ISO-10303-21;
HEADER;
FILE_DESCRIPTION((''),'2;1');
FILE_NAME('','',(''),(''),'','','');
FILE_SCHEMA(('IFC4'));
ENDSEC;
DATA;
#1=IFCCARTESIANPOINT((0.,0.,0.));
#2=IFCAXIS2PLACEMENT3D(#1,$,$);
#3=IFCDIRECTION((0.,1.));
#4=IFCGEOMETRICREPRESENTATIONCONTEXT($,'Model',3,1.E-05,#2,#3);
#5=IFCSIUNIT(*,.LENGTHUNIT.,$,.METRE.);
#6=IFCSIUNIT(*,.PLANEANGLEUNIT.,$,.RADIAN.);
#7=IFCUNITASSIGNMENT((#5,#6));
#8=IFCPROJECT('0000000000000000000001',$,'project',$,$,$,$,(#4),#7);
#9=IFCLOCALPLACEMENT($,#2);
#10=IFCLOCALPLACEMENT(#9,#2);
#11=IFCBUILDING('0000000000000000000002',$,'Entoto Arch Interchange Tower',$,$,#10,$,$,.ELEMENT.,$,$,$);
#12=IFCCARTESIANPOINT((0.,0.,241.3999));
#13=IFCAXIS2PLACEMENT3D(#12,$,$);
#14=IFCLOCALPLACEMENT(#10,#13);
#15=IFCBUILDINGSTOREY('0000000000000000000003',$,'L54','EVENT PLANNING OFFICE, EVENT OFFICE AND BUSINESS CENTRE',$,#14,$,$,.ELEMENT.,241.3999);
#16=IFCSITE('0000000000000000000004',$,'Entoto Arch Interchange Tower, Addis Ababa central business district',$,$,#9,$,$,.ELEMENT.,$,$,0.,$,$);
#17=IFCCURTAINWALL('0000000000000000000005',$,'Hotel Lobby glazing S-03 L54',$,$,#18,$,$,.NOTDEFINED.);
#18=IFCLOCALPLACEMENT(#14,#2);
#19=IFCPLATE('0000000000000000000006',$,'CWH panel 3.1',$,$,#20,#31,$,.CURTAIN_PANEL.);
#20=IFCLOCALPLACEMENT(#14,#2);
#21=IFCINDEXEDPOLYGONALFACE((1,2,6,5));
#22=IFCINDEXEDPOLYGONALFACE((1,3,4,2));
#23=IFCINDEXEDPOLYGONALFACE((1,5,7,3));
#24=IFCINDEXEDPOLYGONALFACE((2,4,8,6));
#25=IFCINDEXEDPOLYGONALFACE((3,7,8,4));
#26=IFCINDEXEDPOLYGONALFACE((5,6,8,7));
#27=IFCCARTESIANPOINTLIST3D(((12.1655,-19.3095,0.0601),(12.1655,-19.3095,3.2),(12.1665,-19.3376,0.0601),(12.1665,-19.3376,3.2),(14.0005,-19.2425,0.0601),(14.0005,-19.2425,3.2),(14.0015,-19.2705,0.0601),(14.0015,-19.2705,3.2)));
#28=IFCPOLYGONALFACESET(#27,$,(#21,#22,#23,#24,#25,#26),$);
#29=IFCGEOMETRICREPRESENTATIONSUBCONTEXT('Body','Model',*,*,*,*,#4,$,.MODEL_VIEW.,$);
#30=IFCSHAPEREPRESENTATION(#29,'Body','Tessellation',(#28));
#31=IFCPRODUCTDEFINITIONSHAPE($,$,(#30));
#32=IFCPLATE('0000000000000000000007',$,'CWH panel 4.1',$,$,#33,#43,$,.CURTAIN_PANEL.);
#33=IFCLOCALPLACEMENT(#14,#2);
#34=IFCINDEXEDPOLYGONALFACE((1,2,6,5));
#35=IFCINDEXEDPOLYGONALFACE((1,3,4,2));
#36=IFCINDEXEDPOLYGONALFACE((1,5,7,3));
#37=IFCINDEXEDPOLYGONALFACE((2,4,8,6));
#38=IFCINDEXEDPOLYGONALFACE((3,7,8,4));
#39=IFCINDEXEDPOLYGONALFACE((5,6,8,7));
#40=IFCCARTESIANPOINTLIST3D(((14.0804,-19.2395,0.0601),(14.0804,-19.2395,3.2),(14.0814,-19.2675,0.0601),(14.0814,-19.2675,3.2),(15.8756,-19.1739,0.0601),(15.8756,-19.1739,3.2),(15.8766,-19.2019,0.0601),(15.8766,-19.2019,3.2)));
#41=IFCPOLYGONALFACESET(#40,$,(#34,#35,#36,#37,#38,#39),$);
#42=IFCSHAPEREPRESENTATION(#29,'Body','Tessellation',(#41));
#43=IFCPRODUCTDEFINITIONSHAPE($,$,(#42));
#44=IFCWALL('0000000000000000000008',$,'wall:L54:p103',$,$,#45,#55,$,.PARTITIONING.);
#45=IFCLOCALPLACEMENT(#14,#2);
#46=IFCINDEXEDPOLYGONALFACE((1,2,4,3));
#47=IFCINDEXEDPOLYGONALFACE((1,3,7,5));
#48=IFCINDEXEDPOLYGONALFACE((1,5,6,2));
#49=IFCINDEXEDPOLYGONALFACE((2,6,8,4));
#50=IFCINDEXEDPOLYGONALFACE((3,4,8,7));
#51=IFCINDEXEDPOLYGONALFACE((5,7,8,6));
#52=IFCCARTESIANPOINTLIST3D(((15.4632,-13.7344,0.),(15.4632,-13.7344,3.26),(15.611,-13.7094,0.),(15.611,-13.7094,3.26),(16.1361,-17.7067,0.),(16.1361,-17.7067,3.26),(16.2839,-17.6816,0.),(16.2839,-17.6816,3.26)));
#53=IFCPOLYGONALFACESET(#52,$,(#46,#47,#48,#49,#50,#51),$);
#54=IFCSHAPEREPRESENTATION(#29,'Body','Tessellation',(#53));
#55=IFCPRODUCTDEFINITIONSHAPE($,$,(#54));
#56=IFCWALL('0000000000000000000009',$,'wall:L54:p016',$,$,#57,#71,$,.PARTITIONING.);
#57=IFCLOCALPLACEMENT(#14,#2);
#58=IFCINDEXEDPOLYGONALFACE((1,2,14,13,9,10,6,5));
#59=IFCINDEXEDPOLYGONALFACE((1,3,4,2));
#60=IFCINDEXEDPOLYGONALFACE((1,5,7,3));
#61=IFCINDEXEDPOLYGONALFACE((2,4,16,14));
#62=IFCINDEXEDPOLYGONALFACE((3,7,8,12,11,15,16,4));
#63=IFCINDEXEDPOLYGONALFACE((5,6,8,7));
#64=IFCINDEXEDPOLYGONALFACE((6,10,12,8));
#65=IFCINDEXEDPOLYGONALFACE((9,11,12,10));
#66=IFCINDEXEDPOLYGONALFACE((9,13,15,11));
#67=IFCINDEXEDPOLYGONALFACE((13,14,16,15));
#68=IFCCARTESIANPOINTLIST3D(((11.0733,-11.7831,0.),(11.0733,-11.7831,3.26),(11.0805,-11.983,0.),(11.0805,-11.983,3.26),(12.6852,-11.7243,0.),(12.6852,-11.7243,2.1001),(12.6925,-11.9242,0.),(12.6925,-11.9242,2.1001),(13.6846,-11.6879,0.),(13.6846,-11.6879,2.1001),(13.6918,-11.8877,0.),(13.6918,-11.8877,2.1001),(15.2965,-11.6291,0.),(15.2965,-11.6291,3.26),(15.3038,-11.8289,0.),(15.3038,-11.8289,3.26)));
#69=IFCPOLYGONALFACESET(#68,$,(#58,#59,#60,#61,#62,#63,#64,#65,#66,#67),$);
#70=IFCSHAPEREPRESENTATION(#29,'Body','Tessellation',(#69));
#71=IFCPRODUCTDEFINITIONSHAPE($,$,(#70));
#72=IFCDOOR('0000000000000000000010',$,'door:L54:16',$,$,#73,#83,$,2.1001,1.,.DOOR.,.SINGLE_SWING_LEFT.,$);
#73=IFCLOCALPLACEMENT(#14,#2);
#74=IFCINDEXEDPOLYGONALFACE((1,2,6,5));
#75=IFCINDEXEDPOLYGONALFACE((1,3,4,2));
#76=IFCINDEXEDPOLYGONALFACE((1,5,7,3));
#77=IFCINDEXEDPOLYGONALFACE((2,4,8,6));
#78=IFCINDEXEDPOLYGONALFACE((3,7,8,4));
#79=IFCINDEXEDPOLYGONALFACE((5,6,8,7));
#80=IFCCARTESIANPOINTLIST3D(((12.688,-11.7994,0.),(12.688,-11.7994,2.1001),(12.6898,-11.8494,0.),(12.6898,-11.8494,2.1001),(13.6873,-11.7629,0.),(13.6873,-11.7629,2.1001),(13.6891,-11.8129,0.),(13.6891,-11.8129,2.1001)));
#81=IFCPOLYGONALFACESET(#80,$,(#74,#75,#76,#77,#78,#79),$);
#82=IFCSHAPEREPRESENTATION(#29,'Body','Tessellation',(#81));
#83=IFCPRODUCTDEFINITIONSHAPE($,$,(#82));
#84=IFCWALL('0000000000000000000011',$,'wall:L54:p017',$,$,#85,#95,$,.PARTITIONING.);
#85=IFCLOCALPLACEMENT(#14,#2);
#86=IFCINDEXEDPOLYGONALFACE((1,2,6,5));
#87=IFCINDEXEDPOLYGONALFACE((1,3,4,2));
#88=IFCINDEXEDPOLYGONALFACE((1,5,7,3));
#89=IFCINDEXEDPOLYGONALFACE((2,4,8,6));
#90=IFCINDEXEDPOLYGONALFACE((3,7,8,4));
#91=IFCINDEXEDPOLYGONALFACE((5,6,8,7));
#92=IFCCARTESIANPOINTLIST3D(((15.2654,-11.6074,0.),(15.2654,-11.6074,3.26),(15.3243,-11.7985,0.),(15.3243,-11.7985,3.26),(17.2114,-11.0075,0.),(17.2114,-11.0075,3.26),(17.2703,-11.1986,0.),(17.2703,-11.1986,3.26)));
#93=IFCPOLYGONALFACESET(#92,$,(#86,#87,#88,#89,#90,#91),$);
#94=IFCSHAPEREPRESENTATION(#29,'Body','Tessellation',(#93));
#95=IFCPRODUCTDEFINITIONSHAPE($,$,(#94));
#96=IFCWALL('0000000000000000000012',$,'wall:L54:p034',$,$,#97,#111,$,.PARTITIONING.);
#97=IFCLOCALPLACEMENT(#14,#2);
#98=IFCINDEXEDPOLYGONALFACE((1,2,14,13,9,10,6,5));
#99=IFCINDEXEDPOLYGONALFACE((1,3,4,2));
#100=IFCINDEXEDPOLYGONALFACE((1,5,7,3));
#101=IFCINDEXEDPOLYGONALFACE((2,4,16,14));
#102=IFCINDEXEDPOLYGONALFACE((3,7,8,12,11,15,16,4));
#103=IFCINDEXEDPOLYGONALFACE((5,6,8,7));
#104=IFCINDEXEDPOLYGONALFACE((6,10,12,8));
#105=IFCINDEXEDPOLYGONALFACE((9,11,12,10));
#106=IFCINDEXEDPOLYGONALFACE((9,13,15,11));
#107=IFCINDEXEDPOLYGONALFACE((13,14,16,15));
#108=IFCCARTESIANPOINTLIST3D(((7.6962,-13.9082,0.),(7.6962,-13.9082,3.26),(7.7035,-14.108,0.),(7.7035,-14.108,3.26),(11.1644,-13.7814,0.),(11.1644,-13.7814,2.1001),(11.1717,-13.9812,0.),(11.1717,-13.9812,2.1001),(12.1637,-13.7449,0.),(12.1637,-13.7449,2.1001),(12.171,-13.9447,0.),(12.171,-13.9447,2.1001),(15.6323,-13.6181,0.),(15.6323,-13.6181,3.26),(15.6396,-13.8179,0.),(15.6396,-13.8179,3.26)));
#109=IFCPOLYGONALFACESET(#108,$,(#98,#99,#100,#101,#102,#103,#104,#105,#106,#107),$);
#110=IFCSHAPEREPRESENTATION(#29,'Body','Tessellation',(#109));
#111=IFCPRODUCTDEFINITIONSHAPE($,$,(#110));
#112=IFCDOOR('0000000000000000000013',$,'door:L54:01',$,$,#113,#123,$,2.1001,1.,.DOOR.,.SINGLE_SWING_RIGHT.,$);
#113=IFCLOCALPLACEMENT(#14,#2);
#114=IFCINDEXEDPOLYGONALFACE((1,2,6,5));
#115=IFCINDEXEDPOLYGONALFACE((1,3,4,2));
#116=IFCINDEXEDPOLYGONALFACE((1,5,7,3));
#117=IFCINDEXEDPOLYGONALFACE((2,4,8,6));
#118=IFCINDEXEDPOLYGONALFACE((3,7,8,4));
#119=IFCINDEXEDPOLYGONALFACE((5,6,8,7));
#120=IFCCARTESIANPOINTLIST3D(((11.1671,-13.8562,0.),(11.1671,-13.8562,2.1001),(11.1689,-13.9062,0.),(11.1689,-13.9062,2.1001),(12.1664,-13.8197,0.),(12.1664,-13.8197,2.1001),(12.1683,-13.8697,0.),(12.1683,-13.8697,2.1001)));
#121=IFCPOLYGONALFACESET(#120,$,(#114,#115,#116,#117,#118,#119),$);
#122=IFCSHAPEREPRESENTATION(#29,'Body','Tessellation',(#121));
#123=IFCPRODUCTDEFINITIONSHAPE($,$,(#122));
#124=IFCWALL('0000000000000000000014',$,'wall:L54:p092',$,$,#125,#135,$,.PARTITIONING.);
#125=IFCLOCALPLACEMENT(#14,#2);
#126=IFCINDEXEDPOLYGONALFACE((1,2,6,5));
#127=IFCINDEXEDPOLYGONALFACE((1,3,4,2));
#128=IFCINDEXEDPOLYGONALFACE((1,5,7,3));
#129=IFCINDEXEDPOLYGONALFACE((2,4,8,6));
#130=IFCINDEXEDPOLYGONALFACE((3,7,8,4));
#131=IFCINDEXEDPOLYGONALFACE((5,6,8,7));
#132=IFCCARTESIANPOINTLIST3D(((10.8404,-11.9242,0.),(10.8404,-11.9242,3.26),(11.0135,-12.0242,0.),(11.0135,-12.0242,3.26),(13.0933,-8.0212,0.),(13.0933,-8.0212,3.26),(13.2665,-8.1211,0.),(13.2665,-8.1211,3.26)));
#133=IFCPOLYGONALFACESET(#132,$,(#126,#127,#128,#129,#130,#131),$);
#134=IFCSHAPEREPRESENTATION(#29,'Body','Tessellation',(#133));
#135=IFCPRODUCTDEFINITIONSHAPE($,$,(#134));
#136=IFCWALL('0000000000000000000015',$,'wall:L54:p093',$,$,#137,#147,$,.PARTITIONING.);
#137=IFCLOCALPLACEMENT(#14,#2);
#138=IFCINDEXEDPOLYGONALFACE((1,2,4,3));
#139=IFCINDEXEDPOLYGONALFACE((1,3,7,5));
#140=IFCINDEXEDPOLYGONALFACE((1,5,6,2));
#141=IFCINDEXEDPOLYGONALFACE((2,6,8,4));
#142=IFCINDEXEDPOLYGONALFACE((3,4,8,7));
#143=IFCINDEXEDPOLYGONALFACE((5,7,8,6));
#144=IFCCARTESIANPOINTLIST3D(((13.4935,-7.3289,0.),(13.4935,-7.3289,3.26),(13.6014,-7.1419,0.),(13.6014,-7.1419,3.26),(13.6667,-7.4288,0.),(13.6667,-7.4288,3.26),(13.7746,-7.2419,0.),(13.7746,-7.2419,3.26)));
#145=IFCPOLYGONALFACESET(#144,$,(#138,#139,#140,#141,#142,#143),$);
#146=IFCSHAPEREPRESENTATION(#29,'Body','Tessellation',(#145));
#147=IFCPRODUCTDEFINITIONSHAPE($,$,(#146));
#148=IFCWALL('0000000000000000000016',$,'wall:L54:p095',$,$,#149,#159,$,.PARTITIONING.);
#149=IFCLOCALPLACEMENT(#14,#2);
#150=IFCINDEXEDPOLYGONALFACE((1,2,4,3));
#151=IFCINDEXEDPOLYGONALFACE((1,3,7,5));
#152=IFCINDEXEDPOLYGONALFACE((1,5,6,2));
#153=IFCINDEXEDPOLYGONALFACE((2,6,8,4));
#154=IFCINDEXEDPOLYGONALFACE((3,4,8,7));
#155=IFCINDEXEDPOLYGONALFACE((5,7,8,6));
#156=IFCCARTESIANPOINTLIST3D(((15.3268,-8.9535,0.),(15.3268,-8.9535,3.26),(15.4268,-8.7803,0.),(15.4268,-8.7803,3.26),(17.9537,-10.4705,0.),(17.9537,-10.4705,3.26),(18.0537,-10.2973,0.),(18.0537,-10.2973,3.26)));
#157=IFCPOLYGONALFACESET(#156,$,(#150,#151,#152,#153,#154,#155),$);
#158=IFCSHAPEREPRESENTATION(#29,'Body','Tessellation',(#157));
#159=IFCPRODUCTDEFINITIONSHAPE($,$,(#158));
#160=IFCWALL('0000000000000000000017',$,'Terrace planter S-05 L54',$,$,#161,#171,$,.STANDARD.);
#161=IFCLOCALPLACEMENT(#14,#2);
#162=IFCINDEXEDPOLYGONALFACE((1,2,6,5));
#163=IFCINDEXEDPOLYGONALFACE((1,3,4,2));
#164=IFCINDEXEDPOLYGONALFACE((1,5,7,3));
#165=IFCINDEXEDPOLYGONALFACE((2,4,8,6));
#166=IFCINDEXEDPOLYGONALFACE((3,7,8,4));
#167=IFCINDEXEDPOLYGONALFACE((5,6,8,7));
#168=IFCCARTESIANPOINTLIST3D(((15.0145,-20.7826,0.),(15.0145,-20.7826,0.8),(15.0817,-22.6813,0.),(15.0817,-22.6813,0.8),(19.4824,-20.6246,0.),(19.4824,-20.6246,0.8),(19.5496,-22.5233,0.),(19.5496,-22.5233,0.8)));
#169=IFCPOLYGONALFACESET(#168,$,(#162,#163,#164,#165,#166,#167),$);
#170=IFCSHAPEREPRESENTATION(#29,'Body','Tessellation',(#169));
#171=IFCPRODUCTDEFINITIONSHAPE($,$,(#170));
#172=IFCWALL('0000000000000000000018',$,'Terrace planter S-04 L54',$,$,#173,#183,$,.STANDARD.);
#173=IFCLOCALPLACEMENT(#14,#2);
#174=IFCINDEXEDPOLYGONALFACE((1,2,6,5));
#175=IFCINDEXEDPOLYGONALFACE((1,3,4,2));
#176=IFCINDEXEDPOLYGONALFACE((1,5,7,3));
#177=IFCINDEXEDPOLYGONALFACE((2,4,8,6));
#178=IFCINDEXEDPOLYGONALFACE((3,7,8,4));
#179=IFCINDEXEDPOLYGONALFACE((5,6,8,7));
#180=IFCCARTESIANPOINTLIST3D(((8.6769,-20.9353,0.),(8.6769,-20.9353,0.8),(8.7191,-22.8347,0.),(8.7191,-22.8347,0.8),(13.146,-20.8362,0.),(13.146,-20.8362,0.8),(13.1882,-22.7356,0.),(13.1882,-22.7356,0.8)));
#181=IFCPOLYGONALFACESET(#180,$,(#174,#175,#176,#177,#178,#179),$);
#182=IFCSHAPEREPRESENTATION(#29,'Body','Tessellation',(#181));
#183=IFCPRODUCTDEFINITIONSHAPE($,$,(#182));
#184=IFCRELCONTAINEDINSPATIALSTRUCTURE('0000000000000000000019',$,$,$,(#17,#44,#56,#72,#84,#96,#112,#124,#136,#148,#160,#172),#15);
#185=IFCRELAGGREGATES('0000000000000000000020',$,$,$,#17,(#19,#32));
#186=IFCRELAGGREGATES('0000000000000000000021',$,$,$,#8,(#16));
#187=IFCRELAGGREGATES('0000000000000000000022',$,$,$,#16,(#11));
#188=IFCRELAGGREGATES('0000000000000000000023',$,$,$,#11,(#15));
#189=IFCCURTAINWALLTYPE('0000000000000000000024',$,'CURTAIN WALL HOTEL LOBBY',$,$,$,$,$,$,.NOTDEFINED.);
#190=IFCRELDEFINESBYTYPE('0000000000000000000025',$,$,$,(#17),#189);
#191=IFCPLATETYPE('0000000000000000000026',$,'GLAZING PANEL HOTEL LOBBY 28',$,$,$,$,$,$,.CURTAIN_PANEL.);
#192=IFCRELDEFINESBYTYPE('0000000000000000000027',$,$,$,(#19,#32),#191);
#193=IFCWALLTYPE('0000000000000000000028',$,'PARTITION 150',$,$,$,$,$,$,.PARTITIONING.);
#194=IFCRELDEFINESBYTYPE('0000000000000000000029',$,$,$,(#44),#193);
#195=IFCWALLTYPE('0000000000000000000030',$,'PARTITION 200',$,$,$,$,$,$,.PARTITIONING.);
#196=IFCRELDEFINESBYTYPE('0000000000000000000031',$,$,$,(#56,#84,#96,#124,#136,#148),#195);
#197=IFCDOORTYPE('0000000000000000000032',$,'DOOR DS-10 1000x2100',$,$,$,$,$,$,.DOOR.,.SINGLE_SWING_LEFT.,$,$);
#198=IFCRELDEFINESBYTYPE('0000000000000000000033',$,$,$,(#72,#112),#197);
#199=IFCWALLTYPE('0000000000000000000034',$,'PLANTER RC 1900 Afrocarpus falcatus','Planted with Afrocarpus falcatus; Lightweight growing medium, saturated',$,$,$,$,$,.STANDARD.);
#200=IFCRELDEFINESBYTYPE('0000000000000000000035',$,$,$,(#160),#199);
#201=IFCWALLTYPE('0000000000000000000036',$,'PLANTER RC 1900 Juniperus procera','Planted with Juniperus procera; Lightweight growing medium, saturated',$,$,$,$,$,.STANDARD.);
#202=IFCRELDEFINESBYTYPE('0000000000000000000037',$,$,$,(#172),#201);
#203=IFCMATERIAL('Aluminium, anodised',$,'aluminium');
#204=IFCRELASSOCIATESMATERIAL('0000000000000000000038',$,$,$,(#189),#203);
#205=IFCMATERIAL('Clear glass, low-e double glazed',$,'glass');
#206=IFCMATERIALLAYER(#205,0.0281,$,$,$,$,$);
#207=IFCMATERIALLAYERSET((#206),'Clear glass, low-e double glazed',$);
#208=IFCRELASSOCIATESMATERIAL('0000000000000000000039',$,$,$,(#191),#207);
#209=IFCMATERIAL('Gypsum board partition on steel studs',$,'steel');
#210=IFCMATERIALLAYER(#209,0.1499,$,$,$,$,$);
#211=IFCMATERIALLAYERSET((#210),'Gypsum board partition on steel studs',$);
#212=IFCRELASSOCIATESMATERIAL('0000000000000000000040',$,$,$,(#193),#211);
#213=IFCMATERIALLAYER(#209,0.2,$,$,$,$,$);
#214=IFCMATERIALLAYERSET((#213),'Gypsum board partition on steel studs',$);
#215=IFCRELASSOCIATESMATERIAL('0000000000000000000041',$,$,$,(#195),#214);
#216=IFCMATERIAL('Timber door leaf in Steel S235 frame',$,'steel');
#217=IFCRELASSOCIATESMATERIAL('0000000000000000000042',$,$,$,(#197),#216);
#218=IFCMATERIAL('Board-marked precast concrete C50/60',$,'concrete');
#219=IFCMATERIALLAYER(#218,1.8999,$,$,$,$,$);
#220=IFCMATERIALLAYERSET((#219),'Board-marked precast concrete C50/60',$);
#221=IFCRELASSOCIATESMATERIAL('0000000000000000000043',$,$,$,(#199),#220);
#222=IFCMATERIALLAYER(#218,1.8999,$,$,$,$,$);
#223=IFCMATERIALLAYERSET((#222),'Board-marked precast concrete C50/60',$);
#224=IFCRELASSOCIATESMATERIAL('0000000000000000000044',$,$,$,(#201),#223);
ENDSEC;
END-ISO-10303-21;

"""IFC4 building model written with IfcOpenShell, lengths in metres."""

from ifc_helpers import new_model, si_unit, direction, frame, frame_2d, origin, origin_2d, place, context, subcontext, project, spatial, rectangle, extrude, material, layer, layer_set, type_object, element, fill, aggregate, save


model = new_model("IFC4")

# Units and contexts
model_context = context("Model", 3, precision=1e-05, world=origin(), true_north=direction((0.0, 1.0)))
body_context = subcontext(model_context, "Body", "Model", "MODEL_VIEW")
ifc_project = project(units=[si_unit("LENGTHUNIT", "METRE"), si_unit("PLANEANGLEUNIT", "RADIAN")], contexts=[model_context])

# Site, building, storey
site_placement = place(None, origin())
site = spatial("IfcSite", under=ifc_project, at=site_placement, Name="Entoto Arch Interchange Tower, Addis Ababa central business district", CompositionType="ELEMENT", RefElevation=0.0)
building_placement = place(site_placement, origin())
building = spatial("IfcBuilding", under=site, at=building_placement, Name="Entoto Arch Interchange Tower", CompositionType="ELEMENT")
storey_placement = place(building_placement, frame((0.0, 0.0, 241.3999)))
storey = spatial("IfcBuildingStorey", under=building, at=storey_placement, Name="L54", Description="EVENT PLANNING OFFICE, EVENT OFFICE AND BUSINESS CENTRE", CompositionType="ELEMENT", Elevation=241.3999)

# Curtain wall, plates
ifc_material_1 = material(Name="Aluminium, anodised", Category="aluminium")
curtain_wall_type = type_object("IfcCurtainWallType", Name="CURTAIN WALL HOTEL LOBBY", PredefinedType="NOTDEFINED", material=ifc_material_1)
curtain_wall_placement = place(storey_placement, origin())
curtain_wall = element("IfcCurtainWall", 1, at=curtain_wall_placement, inside=storey, type_object=curtain_wall_type, Name="Hotel Lobby glazing S-03 L54", PredefinedType="NOTDEFINED")
ifc_material_2 = material(Name="Clear glass, low-e double glazed", Category="glass")
ifc_layer_1 = layer(ifc_material_2, 0.0281)
ifc_layer_set_1 = layer_set([ifc_layer_1], Name="Clear glass, low-e double glazed")
plate_type = type_object("IfcPlateType", Name="GLAZING PANEL HOTEL LOBBY 28", PredefinedType="CURTAIN_PANEL", material=ifc_layer_set_1)
plate_1_placement = place(storey_placement, frame((13.0835, -19.29, 0.0601), z_axis=(0.0, 0.0, 1.0), x_axis=(0.999333, 0.036529, 0.0)))
plate_1 = element("IfcPlate", 2, at=plate_1_placement, type_object=plate_type, Name="CWH panel 3.1", PredefinedType="CURTAIN_PANEL", context=body_context, shape_type="SweptSolid", body=[
    extrude(rectangle(XDim=1.8362, YDim=0.0281, at=origin_2d()), origin(), (0.0, 0.0, 1.0), 3.1399),
])
plate_2_placement = place(storey_placement, frame((14.9785, -19.2207, 0.0601), z_axis=(0.0, 0.0, 1.0), x_axis=(0.999333, 0.036529, 0.0)))
plate_2 = element("IfcPlate", 3, at=plate_2_placement, type_object=plate_type, Name="CWH panel 4.1", PredefinedType="CURTAIN_PANEL", context=body_context, shape_type="SweptSolid", body=[
    extrude(rectangle(XDim=1.7964, YDim=0.0281, at=origin_2d()), origin(), (0.0, 0.0, 1.0), 3.1399),
])
aggregate(curtain_wall, [plate_1, plate_2])

# Wall
ifc_material_3 = material(Name="Gypsum board partition on steel studs", Category="steel")
ifc_layer_2 = layer(ifc_material_3, 0.1499)
ifc_layer_set_2 = layer_set([ifc_layer_2], Name="Gypsum board partition on steel studs")
wall_type_1 = type_object("IfcWallType", Name="PARTITION 150", PredefinedType="PARTITIONING", material=ifc_layer_set_2)
wall_1_placement = place(storey_placement, frame((15.5371, -13.7219, 0.0), z_axis=(0.0, 0.0, 1.0), x_axis=(0.167012, -0.985955, 0.0)))
element("IfcWall", 4, at=wall_1_placement, inside=storey, type_object=wall_type_1, Name="wall:L54:p103", PredefinedType="PARTITIONING", context=body_context, shape_type="SweptSolid", body=[
    extrude(rectangle(XDim=4.0288, YDim=0.1499, at=frame_2d((2.0144, 0.0))), origin(), (0.0, 0.0, 1.0), 3.26),
])

# Wall, opening, door
ifc_layer_3 = layer(ifc_material_3, 0.2)
ifc_layer_set_3 = layer_set([ifc_layer_3], Name="Gypsum board partition on steel studs")
wall_type_2 = type_object("IfcWallType", Name="PARTITION 200", PredefinedType="PARTITIONING", material=ifc_layer_set_3)
wall_2_placement = place(storey_placement, frame((11.0769, -11.8831, 0.0), z_axis=(0.0, 0.0, 1.0), x_axis=(0.999335, 0.036454, 0.0)))
wall_2 = element("IfcWall", 5, at=wall_2_placement, inside=storey, type_object=wall_type_2, Name="wall:L54:p016", PredefinedType="PARTITIONING", context=body_context, shape_type="SweptSolid", body=[
    extrude(rectangle(XDim=4.2261, YDim=0.2, at=frame_2d((2.113, 0.0))), origin(), (0.0, 0.0, 1.0), 3.26),
])
opening_1_placement = place(wall_2_placement, frame((1.613, 0.0, 0.0)))
opening_1 = element("IfcOpeningElement", 6, at=opening_1_placement, cuts=wall_2, PredefinedType="OPENING", context=body_context, shape_type="SweptSolid", body=[
    extrude(rectangle(XDim=1.0, YDim=2.1001, at=frame_2d((0.5, 1.05))), frame((0.0, 0.1099, 0.0), z_axis=(0.0, -1.0, 0.0), x_axis=(1.0, 0.0, 0.0)), (0.0, 0.0, 1.0), 0.22),
])
ifc_material_4 = material(Name="Timber door leaf in Steel S235 frame", Category="steel")
door_type = type_object("IfcDoorType", Name="DOOR DS-10 1000x2100", OperationType="SINGLE_SWING_LEFT", PredefinedType="DOOR", material=ifc_material_4)
door_1_placement = place(opening_1_placement, origin())
door_1 = element("IfcDoor", 7, at=door_1_placement, inside=storey, type_object=door_type, Name="door:L54:16", OperationType="SINGLE_SWING_LEFT", OverallHeight=2.1001, OverallWidth=1.0, PredefinedType="DOOR", context=body_context, shape_type="SweptSolid", body=[
    extrude(rectangle(XDim=1.0, YDim=2.1001, at=frame_2d((0.5, 1.05))), frame((0.0, 0.0249, 0.0), z_axis=(0.0, -1.0, 0.0), x_axis=(1.0, 0.0, 0.0)), (0.0, 0.0, 1.0), 0.05),
])
fill(opening_1, door_1)

# Wall
wall_3_placement = place(storey_placement, frame((15.2949, -11.7029, 0.0), z_axis=(0.0, 0.0, 1.0), x_axis=(0.955631, 0.294566, 0.0)))
element("IfcWall", 8, at=wall_3_placement, inside=storey, type_object=wall_type_2, Name="wall:L54:p017", PredefinedType="PARTITIONING", context=body_context, shape_type="SweptSolid", body=[
    extrude(rectangle(XDim=2.0364, YDim=0.2, at=frame_2d((1.0181, 0.0))), origin(), (0.0, 0.0, 1.0), 3.26),
])

# Wall, opening, door
wall_4_placement = place(storey_placement, frame((15.636, -13.718, 0.0), z_axis=(0.0, 0.0, 1.0), x_axis=(-0.999333, -0.036523, 0.0)))
wall_4 = element("IfcWall", 9, at=wall_4_placement, inside=storey, type_object=wall_type_2, Name="wall:L54:p034", PredefinedType="PARTITIONING", context=body_context, shape_type="SweptSolid", body=[
    extrude(rectangle(XDim=7.9414, YDim=0.2, at=frame_2d((3.9707, 0.0))), origin(), (0.0, 0.0, 1.0), 3.26),
])
opening_2_placement = place(wall_4_placement, frame((3.4709, 0.0, 0.0)))
opening_2 = element("IfcOpeningElement", 10, at=opening_2_placement, cuts=wall_4, PredefinedType="OPENING", context=body_context, shape_type="SweptSolid", body=[
    extrude(rectangle(XDim=1.0, YDim=2.1001, at=frame_2d((0.5, 1.05))), frame((0.0, 0.1099, 0.0), z_axis=(0.0, -1.0, 0.0), x_axis=(1.0, 0.0, 0.0)), (0.0, 0.0, 1.0), 0.22),
])
door_2_placement = place(opening_2_placement, origin())
door_2 = element("IfcDoor", 11, at=door_2_placement, inside=storey, type_object=door_type, Name="door:L54:01", OperationType="SINGLE_SWING_RIGHT", OverallHeight=2.1001, OverallWidth=1.0, PredefinedType="DOOR", context=body_context, shape_type="SweptSolid", body=[
    extrude(rectangle(XDim=1.0, YDim=2.1001, at=frame_2d((0.5, 1.05))), frame((0.0, 0.0249, 0.0), z_axis=(0.0, -1.0, 0.0), x_axis=(1.0, 0.0, 0.0)), (0.0, 0.0, 1.0), 0.05),
])
fill(opening_2, door_2)

# Walls
wall_5_placement = place(storey_placement, frame((13.1799, -8.071, 0.0), z_axis=(0.0, 0.0, 1.0), x_axis=(-0.499915, -0.866075, 0.0)))
element("IfcWall", 12, at=wall_5_placement, inside=storey, type_object=wall_type_2, Name="wall:L54:p092", PredefinedType="PARTITIONING", context=body_context, shape_type="SweptSolid", body=[
    extrude(rectangle(XDim=4.5066, YDim=0.2, at=frame_2d((2.2534, 0.0))), origin(), (0.0, 0.0, 1.0), 3.26),
])
wall_6_placement = place(storey_placement, frame((13.688, -7.1919, 0.0), z_axis=(0.0, 0.0, 1.0), x_axis=(-0.499788, -0.866148, 0.0)))
element("IfcWall", 13, at=wall_6_placement, inside=storey, type_object=wall_type_2, Name="wall:L54:p093", PredefinedType="PARTITIONING", context=body_context, shape_type="SweptSolid", body=[
    extrude(rectangle(XDim=0.2158, YDim=0.2, at=frame_2d((0.1079, 0.0))), origin(), (0.0, 0.0, 1.0), 3.26),
])
wall_7_placement = place(storey_placement, frame((15.377, -8.8669, 0.0), z_axis=(0.0, 0.0, 1.0), x_axis=(0.865966, -0.500103, 0.0)))
element("IfcWall", 14, at=wall_7_placement, inside=storey, type_object=wall_type_2, Name="wall:L54:p095", PredefinedType="PARTITIONING", context=body_context, shape_type="SweptSolid", body=[
    extrude(rectangle(XDim=3.0334, YDim=0.2, at=frame_2d((1.5166, 0.0))), origin(), (0.0, 0.0, 1.0), 3.26),
])
ifc_material_5 = material(Name="Board-marked precast concrete C50/60", Category="concrete")
ifc_layer_4 = layer(ifc_material_5, 1.8999)
ifc_layer_set_4 = layer_set([ifc_layer_4], Name="Board-marked precast concrete C50/60")
wall_type_3 = type_object("IfcWallType", Name="PLANTER RC 1900 Afrocarpus falcatus", Description="Planted with Afrocarpus falcatus; Lightweight growing medium, saturated", PredefinedType="STANDARD", material=ifc_layer_set_4)
wall_8_placement = place(storey_placement, frame((15.0481, -21.7319, 0.0), z_axis=(0.0, 0.0, 1.0), x_axis=(0.999376, 0.035331, 0.0)))
element("IfcWall", 15, at=wall_8_placement, inside=storey, type_object=wall_type_3, Name="Terrace planter S-05 L54", PredefinedType="STANDARD", context=body_context, shape_type="SweptSolid", body=[
    extrude(rectangle(XDim=4.4707, YDim=1.8999, at=frame_2d((2.2354, 0.0))), origin(), (0.0, 0.0, 1.0), 0.8),
])
ifc_layer_5 = layer(ifc_material_5, 1.8999)
ifc_layer_set_5 = layer_set([ifc_layer_5], Name="Board-marked precast concrete C50/60")
wall_type_4 = type_object("IfcWallType", Name="PLANTER RC 1900 Juniperus procera", Description="Planted with Juniperus procera; Lightweight growing medium, saturated", PredefinedType="STANDARD", material=ifc_layer_set_5)
wall_9_placement = place(storey_placement, frame((8.698, -21.885, 0.0), z_axis=(0.0, 0.0, 1.0), x_axis=(0.999754, 0.022174, 0.0)))
element("IfcWall", 16, at=wall_9_placement, inside=storey, type_object=wall_type_4, Name="Terrace planter S-04 L54", PredefinedType="STANDARD", context=body_context, shape_type="SweptSolid", body=[
    extrude(rectangle(XDim=4.4702, YDim=1.8999, at=frame_2d((2.2351, 0.0))), origin(), (0.0, 0.0, 1.0), 0.8),
])

save(model, "model.ifc")
